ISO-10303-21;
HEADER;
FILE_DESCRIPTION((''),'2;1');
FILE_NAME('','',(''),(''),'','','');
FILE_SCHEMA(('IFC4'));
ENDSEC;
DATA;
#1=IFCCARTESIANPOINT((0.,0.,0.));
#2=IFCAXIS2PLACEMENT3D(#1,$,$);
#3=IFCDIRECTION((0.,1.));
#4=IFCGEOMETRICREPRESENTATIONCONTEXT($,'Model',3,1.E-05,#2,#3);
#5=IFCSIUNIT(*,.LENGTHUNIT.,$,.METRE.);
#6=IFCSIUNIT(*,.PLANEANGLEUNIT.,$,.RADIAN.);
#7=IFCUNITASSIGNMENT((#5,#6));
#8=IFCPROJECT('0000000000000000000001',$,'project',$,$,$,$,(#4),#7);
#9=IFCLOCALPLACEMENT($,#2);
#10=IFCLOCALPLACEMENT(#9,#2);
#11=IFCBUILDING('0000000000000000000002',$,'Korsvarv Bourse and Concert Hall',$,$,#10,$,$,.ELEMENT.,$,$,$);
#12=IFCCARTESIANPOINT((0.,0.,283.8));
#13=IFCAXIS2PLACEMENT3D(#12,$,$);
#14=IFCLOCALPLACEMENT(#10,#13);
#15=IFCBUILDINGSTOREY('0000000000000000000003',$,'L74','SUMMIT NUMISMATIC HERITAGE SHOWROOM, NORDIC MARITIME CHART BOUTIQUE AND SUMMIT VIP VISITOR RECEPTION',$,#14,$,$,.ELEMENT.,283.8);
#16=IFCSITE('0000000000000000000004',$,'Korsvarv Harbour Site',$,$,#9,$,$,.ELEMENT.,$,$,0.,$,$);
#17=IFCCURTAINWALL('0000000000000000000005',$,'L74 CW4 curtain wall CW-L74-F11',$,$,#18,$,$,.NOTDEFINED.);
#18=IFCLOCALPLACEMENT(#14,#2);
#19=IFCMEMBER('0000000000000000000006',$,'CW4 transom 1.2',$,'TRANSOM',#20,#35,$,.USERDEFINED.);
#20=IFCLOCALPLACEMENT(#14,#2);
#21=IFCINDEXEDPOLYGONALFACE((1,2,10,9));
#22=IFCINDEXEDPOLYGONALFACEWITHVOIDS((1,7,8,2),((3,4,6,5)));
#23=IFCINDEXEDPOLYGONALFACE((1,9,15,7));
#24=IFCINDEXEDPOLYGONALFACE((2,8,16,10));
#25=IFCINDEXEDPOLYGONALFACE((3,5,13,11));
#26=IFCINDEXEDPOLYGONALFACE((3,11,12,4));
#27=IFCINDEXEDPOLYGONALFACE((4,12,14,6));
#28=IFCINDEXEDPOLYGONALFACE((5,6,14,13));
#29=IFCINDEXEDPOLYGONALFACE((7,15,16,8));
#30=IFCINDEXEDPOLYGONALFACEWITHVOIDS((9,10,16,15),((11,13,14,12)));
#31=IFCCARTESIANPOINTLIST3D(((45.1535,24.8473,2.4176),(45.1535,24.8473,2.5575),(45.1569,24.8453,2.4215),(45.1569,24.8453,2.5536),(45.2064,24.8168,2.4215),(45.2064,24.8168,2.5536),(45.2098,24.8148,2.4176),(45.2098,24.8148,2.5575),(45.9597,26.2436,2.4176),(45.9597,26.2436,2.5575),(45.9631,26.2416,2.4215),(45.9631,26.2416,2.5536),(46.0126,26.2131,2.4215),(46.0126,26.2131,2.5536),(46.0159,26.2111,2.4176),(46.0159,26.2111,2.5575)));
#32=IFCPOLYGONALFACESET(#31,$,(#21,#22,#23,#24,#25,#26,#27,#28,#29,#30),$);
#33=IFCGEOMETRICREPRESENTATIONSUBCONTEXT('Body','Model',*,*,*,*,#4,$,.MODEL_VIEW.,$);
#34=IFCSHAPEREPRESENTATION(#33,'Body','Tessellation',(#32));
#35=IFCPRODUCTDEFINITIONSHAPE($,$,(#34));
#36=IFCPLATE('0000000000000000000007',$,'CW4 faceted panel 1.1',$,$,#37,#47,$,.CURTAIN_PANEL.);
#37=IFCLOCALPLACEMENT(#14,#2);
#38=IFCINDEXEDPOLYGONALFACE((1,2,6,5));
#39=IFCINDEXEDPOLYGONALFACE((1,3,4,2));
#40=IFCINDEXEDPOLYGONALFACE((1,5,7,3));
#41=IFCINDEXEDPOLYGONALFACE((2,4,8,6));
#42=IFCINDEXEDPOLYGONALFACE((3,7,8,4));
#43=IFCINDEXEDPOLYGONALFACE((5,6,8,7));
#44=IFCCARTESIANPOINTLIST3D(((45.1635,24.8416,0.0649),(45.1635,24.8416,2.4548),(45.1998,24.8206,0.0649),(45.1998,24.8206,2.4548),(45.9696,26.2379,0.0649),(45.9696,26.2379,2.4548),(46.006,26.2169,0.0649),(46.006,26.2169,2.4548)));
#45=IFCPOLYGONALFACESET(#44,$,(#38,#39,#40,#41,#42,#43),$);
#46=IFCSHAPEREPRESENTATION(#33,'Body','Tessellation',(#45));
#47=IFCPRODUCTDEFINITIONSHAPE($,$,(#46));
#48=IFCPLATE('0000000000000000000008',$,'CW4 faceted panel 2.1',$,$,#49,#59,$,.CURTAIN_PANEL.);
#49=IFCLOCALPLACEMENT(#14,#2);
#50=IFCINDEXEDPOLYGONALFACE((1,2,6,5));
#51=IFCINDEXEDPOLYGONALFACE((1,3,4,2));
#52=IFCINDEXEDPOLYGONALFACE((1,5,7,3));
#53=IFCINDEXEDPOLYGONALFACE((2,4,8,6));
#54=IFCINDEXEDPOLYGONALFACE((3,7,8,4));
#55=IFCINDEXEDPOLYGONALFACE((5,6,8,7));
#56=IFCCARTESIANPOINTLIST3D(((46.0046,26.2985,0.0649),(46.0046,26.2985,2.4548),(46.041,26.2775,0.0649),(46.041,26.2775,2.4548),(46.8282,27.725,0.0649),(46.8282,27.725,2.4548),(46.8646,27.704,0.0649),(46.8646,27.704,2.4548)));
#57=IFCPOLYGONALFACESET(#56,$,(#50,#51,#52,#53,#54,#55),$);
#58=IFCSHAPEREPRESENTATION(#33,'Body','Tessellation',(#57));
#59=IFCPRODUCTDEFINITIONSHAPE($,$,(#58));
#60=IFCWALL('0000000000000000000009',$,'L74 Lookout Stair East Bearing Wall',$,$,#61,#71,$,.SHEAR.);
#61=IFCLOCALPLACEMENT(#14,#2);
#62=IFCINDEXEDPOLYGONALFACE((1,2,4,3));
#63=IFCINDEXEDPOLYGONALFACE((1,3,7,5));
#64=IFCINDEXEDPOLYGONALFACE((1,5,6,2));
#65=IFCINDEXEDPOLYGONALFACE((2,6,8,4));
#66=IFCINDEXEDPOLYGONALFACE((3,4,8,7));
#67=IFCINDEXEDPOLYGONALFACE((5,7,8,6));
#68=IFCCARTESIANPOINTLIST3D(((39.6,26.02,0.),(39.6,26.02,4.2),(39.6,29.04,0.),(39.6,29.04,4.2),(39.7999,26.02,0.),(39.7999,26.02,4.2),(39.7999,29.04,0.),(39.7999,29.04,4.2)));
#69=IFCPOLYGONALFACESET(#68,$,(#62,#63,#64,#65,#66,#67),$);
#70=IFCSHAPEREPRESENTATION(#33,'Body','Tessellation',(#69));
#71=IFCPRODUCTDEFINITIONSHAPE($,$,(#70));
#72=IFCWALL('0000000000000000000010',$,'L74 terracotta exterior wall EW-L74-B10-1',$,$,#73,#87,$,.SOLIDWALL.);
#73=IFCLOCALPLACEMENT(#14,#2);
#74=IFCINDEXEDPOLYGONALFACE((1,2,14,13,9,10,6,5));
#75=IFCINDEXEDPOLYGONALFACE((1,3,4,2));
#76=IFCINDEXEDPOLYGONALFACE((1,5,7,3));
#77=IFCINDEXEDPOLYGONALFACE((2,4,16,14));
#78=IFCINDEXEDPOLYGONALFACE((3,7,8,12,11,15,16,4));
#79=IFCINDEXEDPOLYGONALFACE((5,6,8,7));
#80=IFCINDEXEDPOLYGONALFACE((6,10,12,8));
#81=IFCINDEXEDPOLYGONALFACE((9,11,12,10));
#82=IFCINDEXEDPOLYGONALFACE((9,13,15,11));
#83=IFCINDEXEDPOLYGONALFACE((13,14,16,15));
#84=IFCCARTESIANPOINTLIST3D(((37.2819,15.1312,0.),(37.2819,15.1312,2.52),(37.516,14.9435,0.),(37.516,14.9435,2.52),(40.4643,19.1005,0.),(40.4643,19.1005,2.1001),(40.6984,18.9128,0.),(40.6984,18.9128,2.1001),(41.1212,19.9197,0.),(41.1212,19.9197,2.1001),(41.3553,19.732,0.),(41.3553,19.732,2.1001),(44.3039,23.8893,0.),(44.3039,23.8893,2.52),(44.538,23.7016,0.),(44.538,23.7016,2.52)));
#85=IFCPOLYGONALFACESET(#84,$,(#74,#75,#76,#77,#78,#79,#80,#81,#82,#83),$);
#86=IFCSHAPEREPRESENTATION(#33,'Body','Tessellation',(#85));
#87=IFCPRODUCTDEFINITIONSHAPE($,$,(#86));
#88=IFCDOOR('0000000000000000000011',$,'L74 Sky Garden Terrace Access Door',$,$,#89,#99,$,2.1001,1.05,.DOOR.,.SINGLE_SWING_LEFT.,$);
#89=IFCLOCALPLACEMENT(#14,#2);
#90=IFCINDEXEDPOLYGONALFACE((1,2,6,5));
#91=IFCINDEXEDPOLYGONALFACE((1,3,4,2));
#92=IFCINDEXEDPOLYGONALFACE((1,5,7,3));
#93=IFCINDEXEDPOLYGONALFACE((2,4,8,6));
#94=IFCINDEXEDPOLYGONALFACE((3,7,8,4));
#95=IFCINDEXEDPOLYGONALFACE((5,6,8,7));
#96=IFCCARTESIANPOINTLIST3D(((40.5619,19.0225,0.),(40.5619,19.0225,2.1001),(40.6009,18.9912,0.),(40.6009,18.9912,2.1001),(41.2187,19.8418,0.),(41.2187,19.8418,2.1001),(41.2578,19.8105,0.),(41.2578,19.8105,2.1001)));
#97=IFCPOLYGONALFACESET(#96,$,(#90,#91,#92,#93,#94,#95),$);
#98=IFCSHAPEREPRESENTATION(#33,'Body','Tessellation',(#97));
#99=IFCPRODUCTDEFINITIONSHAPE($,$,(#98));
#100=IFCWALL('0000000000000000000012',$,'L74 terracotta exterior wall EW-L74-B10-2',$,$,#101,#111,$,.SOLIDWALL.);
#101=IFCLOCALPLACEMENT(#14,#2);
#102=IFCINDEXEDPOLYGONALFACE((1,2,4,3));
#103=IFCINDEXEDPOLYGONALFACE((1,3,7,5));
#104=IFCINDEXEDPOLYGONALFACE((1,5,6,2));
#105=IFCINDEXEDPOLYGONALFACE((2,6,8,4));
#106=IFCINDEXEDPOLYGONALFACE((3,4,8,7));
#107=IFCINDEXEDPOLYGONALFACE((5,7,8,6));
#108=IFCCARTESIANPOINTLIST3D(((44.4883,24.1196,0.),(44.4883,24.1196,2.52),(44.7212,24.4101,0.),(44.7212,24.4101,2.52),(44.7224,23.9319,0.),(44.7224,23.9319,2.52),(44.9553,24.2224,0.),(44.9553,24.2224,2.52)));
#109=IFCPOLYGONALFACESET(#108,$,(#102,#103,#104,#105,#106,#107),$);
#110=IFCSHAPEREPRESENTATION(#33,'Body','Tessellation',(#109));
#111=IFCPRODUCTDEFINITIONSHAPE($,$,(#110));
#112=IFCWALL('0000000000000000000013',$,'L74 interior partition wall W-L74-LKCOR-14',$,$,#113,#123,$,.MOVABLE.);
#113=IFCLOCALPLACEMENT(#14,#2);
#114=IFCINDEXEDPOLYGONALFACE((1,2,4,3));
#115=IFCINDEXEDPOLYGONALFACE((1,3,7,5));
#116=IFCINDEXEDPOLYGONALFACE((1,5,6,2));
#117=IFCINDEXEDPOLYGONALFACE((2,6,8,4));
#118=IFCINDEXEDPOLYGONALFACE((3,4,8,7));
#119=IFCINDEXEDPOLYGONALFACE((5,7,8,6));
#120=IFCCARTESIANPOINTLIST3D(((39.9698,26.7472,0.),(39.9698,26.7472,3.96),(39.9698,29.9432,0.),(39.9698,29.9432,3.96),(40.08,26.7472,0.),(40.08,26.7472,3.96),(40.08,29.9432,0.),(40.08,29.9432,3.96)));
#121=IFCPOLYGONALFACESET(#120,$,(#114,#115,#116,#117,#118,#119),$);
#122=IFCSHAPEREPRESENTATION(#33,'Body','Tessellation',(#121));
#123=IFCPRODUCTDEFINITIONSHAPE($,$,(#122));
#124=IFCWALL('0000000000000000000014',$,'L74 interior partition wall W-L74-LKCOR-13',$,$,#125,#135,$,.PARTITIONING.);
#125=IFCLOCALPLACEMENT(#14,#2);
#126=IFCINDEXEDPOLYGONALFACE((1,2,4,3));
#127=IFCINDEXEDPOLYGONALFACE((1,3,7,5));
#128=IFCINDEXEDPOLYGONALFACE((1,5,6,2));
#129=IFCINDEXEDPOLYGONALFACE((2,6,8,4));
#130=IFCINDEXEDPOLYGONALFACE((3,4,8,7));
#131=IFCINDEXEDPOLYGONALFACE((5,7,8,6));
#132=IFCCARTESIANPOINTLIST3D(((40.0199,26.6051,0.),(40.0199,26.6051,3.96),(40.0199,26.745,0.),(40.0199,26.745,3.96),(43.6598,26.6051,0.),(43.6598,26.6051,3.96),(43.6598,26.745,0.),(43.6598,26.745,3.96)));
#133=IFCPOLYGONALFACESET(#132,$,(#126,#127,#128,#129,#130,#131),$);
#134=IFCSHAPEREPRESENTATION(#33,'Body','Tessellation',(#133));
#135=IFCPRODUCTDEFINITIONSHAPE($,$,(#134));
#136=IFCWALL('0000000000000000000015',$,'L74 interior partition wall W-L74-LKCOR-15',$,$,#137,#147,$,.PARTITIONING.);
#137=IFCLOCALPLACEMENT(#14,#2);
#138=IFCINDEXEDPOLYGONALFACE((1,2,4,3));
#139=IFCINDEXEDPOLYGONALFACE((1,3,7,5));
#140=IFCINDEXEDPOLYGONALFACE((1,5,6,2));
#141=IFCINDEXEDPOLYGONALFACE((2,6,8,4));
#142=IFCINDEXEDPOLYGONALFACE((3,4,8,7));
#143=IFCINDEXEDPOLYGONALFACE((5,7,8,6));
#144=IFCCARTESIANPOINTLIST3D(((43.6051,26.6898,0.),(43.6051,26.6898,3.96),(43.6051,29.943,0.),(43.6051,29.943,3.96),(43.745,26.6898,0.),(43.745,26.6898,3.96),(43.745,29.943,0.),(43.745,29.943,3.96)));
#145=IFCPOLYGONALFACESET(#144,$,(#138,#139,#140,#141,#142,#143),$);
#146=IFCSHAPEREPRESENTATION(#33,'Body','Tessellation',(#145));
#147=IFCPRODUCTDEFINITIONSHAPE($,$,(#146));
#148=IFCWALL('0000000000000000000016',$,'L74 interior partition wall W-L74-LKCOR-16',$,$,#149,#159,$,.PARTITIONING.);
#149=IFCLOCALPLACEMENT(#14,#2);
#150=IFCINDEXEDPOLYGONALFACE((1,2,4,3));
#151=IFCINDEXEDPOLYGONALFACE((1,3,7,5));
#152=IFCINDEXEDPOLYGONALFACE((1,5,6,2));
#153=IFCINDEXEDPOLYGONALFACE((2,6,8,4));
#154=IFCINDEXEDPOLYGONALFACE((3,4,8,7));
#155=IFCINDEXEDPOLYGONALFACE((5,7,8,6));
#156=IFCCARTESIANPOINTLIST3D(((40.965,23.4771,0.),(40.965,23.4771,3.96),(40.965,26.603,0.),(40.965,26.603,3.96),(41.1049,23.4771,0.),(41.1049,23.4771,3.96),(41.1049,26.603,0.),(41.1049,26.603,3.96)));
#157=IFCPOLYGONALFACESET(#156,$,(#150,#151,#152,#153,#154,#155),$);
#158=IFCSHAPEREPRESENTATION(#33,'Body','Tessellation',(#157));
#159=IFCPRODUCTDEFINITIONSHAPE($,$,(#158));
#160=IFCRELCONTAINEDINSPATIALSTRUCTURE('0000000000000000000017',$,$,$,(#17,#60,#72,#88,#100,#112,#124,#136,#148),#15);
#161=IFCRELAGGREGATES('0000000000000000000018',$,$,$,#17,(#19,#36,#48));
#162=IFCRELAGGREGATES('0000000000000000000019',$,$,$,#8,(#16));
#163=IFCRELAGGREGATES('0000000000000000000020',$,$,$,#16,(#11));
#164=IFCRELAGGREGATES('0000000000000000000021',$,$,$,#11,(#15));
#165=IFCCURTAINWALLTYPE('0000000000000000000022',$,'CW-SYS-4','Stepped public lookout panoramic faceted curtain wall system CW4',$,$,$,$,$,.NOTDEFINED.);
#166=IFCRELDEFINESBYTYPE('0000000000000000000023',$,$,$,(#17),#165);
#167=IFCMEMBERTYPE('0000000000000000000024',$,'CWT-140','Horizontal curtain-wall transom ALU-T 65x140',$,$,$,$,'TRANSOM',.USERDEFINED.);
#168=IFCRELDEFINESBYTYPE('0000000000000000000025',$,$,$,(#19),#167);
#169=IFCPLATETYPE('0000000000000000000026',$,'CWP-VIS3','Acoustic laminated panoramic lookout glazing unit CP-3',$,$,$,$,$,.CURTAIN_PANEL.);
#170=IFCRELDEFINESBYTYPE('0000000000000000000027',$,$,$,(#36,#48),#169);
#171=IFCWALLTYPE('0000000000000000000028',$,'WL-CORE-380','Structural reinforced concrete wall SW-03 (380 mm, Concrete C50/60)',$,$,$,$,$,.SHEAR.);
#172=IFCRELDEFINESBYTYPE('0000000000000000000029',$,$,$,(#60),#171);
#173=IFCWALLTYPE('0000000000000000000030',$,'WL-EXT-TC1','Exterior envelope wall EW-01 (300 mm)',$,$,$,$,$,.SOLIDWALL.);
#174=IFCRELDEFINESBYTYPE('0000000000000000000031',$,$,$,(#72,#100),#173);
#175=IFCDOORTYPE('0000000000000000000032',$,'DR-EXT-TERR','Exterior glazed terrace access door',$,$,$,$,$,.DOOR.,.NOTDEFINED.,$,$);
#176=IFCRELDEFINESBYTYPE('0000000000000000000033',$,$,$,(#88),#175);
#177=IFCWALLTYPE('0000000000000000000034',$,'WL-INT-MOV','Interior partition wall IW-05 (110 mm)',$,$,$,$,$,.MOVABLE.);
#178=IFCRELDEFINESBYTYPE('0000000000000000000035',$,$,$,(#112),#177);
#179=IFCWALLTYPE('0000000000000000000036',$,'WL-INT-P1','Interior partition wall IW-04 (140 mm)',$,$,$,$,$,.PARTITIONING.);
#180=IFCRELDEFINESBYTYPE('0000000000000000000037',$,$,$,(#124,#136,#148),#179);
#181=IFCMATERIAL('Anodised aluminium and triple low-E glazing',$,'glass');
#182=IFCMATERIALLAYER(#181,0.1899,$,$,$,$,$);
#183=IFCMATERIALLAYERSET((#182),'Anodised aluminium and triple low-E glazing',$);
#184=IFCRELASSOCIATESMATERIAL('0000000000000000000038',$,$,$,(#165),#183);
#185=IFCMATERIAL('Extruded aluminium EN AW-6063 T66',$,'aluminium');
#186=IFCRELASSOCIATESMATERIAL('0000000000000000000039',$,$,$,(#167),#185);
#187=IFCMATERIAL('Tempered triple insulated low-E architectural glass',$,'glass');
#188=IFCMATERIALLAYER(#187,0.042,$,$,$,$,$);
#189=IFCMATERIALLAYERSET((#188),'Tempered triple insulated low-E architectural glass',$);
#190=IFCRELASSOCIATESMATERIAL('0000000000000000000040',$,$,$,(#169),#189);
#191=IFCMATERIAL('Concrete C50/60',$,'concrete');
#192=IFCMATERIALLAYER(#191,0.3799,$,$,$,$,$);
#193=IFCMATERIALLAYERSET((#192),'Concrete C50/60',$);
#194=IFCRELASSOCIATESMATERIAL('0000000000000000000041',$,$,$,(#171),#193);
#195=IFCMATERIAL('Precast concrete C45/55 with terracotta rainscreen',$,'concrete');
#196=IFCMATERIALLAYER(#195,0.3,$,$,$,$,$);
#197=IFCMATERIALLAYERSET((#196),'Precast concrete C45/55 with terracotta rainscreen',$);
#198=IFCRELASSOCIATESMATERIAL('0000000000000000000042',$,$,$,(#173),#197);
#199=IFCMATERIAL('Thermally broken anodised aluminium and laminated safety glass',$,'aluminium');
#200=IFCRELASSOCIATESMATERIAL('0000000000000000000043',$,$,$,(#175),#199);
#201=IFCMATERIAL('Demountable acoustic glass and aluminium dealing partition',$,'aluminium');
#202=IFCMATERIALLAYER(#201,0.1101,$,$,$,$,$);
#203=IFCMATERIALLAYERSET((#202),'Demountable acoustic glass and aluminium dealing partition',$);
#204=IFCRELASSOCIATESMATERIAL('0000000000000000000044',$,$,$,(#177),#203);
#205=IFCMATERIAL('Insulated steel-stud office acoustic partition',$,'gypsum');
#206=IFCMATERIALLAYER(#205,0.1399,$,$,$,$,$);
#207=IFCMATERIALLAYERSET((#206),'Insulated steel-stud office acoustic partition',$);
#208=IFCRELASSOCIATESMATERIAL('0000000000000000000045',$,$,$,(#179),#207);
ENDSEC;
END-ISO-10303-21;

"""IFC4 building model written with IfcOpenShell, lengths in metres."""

from ifc_helpers import new_model, si_unit, direction, frame, frame_2d, origin, origin_2d, place, context, subcontext, project, spatial, rectangle, hollow_rectangle, extrude, source, transform, mapped, material, layer, layer_set, material_profile, profile_set, type_object, element, fill, aggregate, save


model = new_model("IFC4")

# Units and contexts
model_context = context("Model", 3, precision=1e-05, world=origin(), true_north=direction((0.0, 1.0)))
body_context = subcontext(model_context, "Body", "Model", "MODEL_VIEW")
ifc_project = project(units=[si_unit("LENGTHUNIT", "METRE"), si_unit("PLANEANGLEUNIT", "RADIAN")], contexts=[model_context])

# Site, building, storey
site_placement = place(None, origin())
site = spatial("IfcSite", under=ifc_project, at=site_placement, Name="Korsvarv Harbour Site", CompositionType="ELEMENT", RefElevation=0.0)
building_placement = place(site_placement, origin())
building = spatial("IfcBuilding", under=site, at=building_placement, Name="Korsvarv Bourse and Concert Hall", CompositionType="ELEMENT")
storey_placement = place(building_placement, frame((0.0, 0.0, 283.8)))
storey = spatial("IfcBuildingStorey", under=building, at=storey_placement, Name="L74", Description="SUMMIT NUMISMATIC HERITAGE SHOWROOM, NORDIC MARITIME CHART BOUTIQUE AND SUMMIT VIP VISITOR RECEPTION", CompositionType="ELEMENT", Elevation=283.8)

# Shared definitions
ifc_material_1 = material(Name="Concrete C50/60", Category="concrete")

# Curtain wall, member, plates
ifc_material_2 = material(Name="Anodised aluminium and triple low-E glazing", Category="glass")
ifc_layer_1 = layer(ifc_material_2, 0.1899)
ifc_layer_set_1 = layer_set([ifc_layer_1], Name="Anodised aluminium and triple low-E glazing")
curtain_wall_type = type_object("IfcCurtainWallType", Name="CW-SYS-4", Description="Stepped public lookout panoramic faceted curtain wall system CW4", PredefinedType="NOTDEFINED", material=ifc_layer_set_1)
curtain_wall_placement = place(storey_placement, origin())
curtain_wall = element("IfcCurtainWall", 1, at=curtain_wall_placement, inside=storey, type_object=curtain_wall_type, Name="L74 CW4 curtain wall CW-L74-F11", PredefinedType="NOTDEFINED")
ifc_material_3 = material(Name="Extruded aluminium EN AW-6063 T66", Category="aluminium")
ifc_material_profile_1 = material_profile(ifc_material_3, hollow_rectangle(XDim=0.0649, YDim=0.1399, WallThickness=0.0039, at=origin_2d()), Name="ALU-T 65x140")
ifc_profile_set_1 = profile_set([ifc_material_profile_1], Name="Extruded aluminium EN AW-6063 T66")
member_type_1 = type_object("IfcMemberType", Name="CWT-140", Description="Horizontal curtain-wall transom ALU-T 65x140", ElementType="TRANSOM", PredefinedType="USERDEFINED", material=ifc_profile_set_1)
shared_shape_1 = source(origin(), body_context, "Body", "SweptSolid", [
    extrude(hollow_rectangle(XDim=0.0649, YDim=0.1399, WallThickness=0.0039, at=origin_2d()), origin(), (0.0, 0.0, 1.0), 1.6123),
])
member_1_placement = place(storey_placement, frame((45.1816, 24.8311, 2.4875), z_axis=(0.500015, 0.866017, 0.0), x_axis=(-0.866017, 0.500015, 0.0)))
member_1 = element("IfcMember", 2, at=member_1_placement, type_object=member_type_1, Name="CW4 transom 1.2", ObjectType="TRANSOM", PredefinedType="USERDEFINED", context=body_context, shape_type="MappedRepresentation", body=[
    mapped(shared_shape_1, transform((0.0, 0.0, 0.0), scale=1.0)),
])
ifc_material_4 = material(Name="Tempered triple insulated low-E architectural glass", Category="glass")
ifc_layer_2 = layer(ifc_material_4, 0.042)
ifc_layer_set_2 = layer_set([ifc_layer_2], Name="Tempered triple insulated low-E architectural glass")
plate_type = type_object("IfcPlateType", Name="CWP-VIS3", Description="Acoustic laminated panoramic lookout glazing unit CP-3", PredefinedType="CURTAIN_PANEL", material=ifc_layer_set_2)
shared_shape_2 = source(origin(), body_context, "Body", "SweptSolid", [
    extrude(rectangle(XDim=1.6123, YDim=0.042, at=origin_2d()), origin(), (0.0, 0.0, 1.0), 2.3899),
])
plate_1_placement = place(storey_placement, frame((45.5847, 25.5293, 0.0649), z_axis=(0.0, 0.0, 1.0), x_axis=(0.499996, 0.866028, 0.0)))
plate_1 = element("IfcPlate", 3, at=plate_1_placement, type_object=plate_type, Name="CW4 faceted panel 1.1", PredefinedType="CURTAIN_PANEL", context=body_context, shape_type="MappedRepresentation", body=[
    mapped(shared_shape_2, transform((0.0, 0.0, 0.0), scale=1.0)),
])
shared_shape_3 = source(origin(), body_context, "Body", "SweptSolid", [
    extrude(rectangle(XDim=1.6472, YDim=0.042, at=origin_2d()), origin(), (0.0, 0.0, 1.0), 2.3899),
])
plate_2_placement = place(storey_placement, frame((46.4346, 27.0012, 0.0649), z_axis=(0.0, 0.0, 1.0), x_axis=(0.499996, 0.866028, 0.0)))
plate_2 = element("IfcPlate", 4, at=plate_2_placement, type_object=plate_type, Name="CW4 faceted panel 2.1", PredefinedType="CURTAIN_PANEL", context=body_context, shape_type="MappedRepresentation", body=[
    mapped(shared_shape_3, transform((0.0, 0.0, 0.0), scale=1.0)),
])
aggregate(curtain_wall, [member_1, plate_1, plate_2])

# Wall
ifc_layer_3 = layer(ifc_material_1, 0.3799)
ifc_layer_set_3 = layer_set([ifc_layer_3], Name="Concrete C50/60")
wall_type_1 = type_object("IfcWallType", Name="WL-CORE-380", Description="Structural reinforced concrete wall SW-03 (380 mm, Concrete C50/60)", PredefinedType="SHEAR", material=ifc_layer_set_3)
wall_1_placement = place(storey_placement, frame((39.7, 26.02, 0.0), z_axis=(0.0, 0.0, 1.0), x_axis=(0.0, 1.0, 0.0)))
element("IfcWall", 5, at=wall_1_placement, inside=storey, type_object=wall_type_1, Name="L74 Lookout Stair East Bearing Wall", PredefinedType="SHEAR", context=body_context, shape_type="SweptSolid", body=[
    extrude(rectangle(XDim=3.02, YDim=0.2, at=frame_2d((1.51, 0.0))), origin(), (0.0, 0.0, 1.0), 4.2),
])

# Wall, opening, door
ifc_material_5 = material(Name="Precast concrete C45/55 with terracotta rainscreen", Category="concrete")
ifc_layer_4 = layer(ifc_material_5, 0.3)
ifc_layer_set_4 = layer_set([ifc_layer_4], Name="Precast concrete C45/55 with terracotta rainscreen")
wall_type_2 = type_object("IfcWallType", Name="WL-EXT-TC1", Description="Exterior envelope wall EW-01 (300 mm)", PredefinedType="SOLIDWALL", material=ifc_layer_set_4)
wall_2_placement = place(storey_placement, frame((37.3989, 15.0374, 0.0), z_axis=(0.0, 0.0, 1.0), x_axis=(0.625538, 0.780194, 0.0)))
wall_2 = element("IfcWall", 6, at=wall_2_placement, inside=storey, type_object=wall_type_2, Name="L74 terracotta exterior wall EW-L74-B10-1", PredefinedType="SOLIDWALL", context=body_context, shape_type="SweptSolid", body=[
    extrude(rectangle(XDim=11.2256, YDim=0.3, at=frame_2d((5.6128, 0.0))), origin(), (0.0, 0.0, 1.0), 2.52),
])
opening_placement = place(wall_2_placement, frame((5.0876, 0.0, 0.0)))
opening = element("IfcOpeningElement", 7, at=opening_placement, cuts=wall_2, PredefinedType="OPENING", context=body_context, shape_type="SweptSolid", body=[
    extrude(rectangle(XDim=1.05, YDim=2.1001, at=frame_2d((0.5249, 1.05))), frame((0.0, 0.1602, 0.0), z_axis=(0.0, -1.0, 0.0), x_axis=(1.0, 0.0, 0.0)), (0.0, 0.0, 1.0), 0.3201),
])
ifc_material_6 = material(Name="Thermally broken anodised aluminium and laminated safety glass", Category="aluminium")
door_type = type_object("IfcDoorType", Name="DR-EXT-TERR", Description="Exterior glazed terrace access door", OperationType="NOTDEFINED", PredefinedType="DOOR", material=ifc_material_6)
door_placement = place(opening_placement, frame((1.05, 0.0, 0.0), z_axis=(0.0, 0.0, 1.0), x_axis=(-1.0, 0.0, 0.0)))
door = element("IfcDoor", 8, at=door_placement, inside=storey, type_object=door_type, Name="L74 Sky Garden Terrace Access Door", OperationType="SINGLE_SWING_LEFT", OverallHeight=2.1001, OverallWidth=1.05, PredefinedType="DOOR", context=body_context, shape_type="SweptSolid", body=[
    extrude(rectangle(XDim=1.05, YDim=2.1001, at=frame_2d((0.5249, 1.05))), frame((0.0, 0.0249, 0.0), z_axis=(0.0, -1.0, 0.0), x_axis=(1.0, 0.0, 0.0)), (0.0, 0.0, 1.0), 0.05),
])
fill(opening, door)

# Walls
wall_3_placement = place(storey_placement, frame((44.6055, 24.0259, 0.0), z_axis=(0.0, 0.0, 1.0), x_axis=(0.625494, 0.780229, 0.0)))
element("IfcWall", 9, at=wall_3_placement, inside=storey, type_object=wall_type_2, Name="L74 terracotta exterior wall EW-L74-B10-2", PredefinedType="SOLIDWALL", context=body_context, shape_type="SweptSolid", body=[
    extrude(rectangle(XDim=0.3723, YDim=0.3, at=frame_2d((0.186, 0.0))), origin(), (0.0, 0.0, 1.0), 2.52),
])
ifc_material_7 = material(Name="Demountable acoustic glass and aluminium dealing partition", Category="aluminium")
ifc_layer_5 = layer(ifc_material_7, 0.1101)
ifc_layer_set_5 = layer_set([ifc_layer_5], Name="Demountable acoustic glass and aluminium dealing partition")
wall_type_3 = type_object("IfcWallType", Name="WL-INT-MOV", Description="Interior partition wall IW-05 (110 mm)", PredefinedType="MOVABLE", material=ifc_layer_set_5)
wall_4_placement = place(storey_placement, frame((40.0249, 26.7471, 0.0), z_axis=(0.0, 0.0, 1.0), x_axis=(0.0, 1.0, 0.0)))
element("IfcWall", 10, at=wall_4_placement, inside=storey, type_object=wall_type_3, Name="L74 interior partition wall W-L74-LKCOR-14", PredefinedType="MOVABLE", context=body_context, shape_type="SweptSolid", body=[
    extrude(rectangle(XDim=3.196, YDim=0.1101, at=frame_2d((1.5981, 0.0))), origin(), (0.0, 0.0, 1.0), 3.96),
])
ifc_material_8 = material(Name="Insulated steel-stud office acoustic partition", Category="gypsum")
ifc_layer_6 = layer(ifc_material_8, 0.1399)
ifc_layer_set_6 = layer_set([ifc_layer_6], Name="Insulated steel-stud office acoustic partition")
wall_type_4 = type_object("IfcWallType", Name="WL-INT-P1", Description="Interior partition wall IW-04 (140 mm)", PredefinedType="PARTITIONING", material=ifc_layer_set_6)
wall_5_placement = place(storey_placement, frame((40.02, 26.675, 0.0), z_axis=(0.0, 0.0, 1.0), x_axis=(1.0, 0.0, 0.0)))
element("IfcWall", 11, at=wall_5_placement, inside=storey, type_object=wall_type_4, Name="L74 interior partition wall W-L74-LKCOR-13", PredefinedType="PARTITIONING", context=body_context, shape_type="SweptSolid", body=[
    extrude(rectangle(XDim=3.6399, YDim=0.1399, at=frame_2d((1.8198, 0.0))), origin(), (0.0, 0.0, 1.0), 3.96),
])
wall_6_placement = place(storey_placement, frame((43.675, 26.6899, 0.0), z_axis=(0.0, 0.0, 1.0), x_axis=(0.0, 1.0, 0.0)))
element("IfcWall", 12, at=wall_6_placement, inside=storey, type_object=wall_type_4, Name="L74 interior partition wall W-L74-LKCOR-15", PredefinedType="PARTITIONING", context=body_context, shape_type="SweptSolid", body=[
    extrude(rectangle(XDim=3.2532, YDim=0.1399, at=frame_2d((1.6265, 0.0))), origin(), (0.0, 0.0, 1.0), 3.96),
])
wall_7_placement = place(storey_placement, frame((41.0349, 23.4771, 0.0), z_axis=(0.0, 0.0, 1.0), x_axis=(0.0, 1.0, 0.0)))
element("IfcWall", 13, at=wall_7_placement, inside=storey, type_object=wall_type_4, Name="L74 interior partition wall W-L74-LKCOR-16", PredefinedType="PARTITIONING", context=body_context, shape_type="SweptSolid", body=[
    extrude(rectangle(XDim=3.126, YDim=0.1399, at=frame_2d((1.563, 0.0))), origin(), (0.0, 0.0, 1.0), 3.96),
])

save(model, "model.ifc")
